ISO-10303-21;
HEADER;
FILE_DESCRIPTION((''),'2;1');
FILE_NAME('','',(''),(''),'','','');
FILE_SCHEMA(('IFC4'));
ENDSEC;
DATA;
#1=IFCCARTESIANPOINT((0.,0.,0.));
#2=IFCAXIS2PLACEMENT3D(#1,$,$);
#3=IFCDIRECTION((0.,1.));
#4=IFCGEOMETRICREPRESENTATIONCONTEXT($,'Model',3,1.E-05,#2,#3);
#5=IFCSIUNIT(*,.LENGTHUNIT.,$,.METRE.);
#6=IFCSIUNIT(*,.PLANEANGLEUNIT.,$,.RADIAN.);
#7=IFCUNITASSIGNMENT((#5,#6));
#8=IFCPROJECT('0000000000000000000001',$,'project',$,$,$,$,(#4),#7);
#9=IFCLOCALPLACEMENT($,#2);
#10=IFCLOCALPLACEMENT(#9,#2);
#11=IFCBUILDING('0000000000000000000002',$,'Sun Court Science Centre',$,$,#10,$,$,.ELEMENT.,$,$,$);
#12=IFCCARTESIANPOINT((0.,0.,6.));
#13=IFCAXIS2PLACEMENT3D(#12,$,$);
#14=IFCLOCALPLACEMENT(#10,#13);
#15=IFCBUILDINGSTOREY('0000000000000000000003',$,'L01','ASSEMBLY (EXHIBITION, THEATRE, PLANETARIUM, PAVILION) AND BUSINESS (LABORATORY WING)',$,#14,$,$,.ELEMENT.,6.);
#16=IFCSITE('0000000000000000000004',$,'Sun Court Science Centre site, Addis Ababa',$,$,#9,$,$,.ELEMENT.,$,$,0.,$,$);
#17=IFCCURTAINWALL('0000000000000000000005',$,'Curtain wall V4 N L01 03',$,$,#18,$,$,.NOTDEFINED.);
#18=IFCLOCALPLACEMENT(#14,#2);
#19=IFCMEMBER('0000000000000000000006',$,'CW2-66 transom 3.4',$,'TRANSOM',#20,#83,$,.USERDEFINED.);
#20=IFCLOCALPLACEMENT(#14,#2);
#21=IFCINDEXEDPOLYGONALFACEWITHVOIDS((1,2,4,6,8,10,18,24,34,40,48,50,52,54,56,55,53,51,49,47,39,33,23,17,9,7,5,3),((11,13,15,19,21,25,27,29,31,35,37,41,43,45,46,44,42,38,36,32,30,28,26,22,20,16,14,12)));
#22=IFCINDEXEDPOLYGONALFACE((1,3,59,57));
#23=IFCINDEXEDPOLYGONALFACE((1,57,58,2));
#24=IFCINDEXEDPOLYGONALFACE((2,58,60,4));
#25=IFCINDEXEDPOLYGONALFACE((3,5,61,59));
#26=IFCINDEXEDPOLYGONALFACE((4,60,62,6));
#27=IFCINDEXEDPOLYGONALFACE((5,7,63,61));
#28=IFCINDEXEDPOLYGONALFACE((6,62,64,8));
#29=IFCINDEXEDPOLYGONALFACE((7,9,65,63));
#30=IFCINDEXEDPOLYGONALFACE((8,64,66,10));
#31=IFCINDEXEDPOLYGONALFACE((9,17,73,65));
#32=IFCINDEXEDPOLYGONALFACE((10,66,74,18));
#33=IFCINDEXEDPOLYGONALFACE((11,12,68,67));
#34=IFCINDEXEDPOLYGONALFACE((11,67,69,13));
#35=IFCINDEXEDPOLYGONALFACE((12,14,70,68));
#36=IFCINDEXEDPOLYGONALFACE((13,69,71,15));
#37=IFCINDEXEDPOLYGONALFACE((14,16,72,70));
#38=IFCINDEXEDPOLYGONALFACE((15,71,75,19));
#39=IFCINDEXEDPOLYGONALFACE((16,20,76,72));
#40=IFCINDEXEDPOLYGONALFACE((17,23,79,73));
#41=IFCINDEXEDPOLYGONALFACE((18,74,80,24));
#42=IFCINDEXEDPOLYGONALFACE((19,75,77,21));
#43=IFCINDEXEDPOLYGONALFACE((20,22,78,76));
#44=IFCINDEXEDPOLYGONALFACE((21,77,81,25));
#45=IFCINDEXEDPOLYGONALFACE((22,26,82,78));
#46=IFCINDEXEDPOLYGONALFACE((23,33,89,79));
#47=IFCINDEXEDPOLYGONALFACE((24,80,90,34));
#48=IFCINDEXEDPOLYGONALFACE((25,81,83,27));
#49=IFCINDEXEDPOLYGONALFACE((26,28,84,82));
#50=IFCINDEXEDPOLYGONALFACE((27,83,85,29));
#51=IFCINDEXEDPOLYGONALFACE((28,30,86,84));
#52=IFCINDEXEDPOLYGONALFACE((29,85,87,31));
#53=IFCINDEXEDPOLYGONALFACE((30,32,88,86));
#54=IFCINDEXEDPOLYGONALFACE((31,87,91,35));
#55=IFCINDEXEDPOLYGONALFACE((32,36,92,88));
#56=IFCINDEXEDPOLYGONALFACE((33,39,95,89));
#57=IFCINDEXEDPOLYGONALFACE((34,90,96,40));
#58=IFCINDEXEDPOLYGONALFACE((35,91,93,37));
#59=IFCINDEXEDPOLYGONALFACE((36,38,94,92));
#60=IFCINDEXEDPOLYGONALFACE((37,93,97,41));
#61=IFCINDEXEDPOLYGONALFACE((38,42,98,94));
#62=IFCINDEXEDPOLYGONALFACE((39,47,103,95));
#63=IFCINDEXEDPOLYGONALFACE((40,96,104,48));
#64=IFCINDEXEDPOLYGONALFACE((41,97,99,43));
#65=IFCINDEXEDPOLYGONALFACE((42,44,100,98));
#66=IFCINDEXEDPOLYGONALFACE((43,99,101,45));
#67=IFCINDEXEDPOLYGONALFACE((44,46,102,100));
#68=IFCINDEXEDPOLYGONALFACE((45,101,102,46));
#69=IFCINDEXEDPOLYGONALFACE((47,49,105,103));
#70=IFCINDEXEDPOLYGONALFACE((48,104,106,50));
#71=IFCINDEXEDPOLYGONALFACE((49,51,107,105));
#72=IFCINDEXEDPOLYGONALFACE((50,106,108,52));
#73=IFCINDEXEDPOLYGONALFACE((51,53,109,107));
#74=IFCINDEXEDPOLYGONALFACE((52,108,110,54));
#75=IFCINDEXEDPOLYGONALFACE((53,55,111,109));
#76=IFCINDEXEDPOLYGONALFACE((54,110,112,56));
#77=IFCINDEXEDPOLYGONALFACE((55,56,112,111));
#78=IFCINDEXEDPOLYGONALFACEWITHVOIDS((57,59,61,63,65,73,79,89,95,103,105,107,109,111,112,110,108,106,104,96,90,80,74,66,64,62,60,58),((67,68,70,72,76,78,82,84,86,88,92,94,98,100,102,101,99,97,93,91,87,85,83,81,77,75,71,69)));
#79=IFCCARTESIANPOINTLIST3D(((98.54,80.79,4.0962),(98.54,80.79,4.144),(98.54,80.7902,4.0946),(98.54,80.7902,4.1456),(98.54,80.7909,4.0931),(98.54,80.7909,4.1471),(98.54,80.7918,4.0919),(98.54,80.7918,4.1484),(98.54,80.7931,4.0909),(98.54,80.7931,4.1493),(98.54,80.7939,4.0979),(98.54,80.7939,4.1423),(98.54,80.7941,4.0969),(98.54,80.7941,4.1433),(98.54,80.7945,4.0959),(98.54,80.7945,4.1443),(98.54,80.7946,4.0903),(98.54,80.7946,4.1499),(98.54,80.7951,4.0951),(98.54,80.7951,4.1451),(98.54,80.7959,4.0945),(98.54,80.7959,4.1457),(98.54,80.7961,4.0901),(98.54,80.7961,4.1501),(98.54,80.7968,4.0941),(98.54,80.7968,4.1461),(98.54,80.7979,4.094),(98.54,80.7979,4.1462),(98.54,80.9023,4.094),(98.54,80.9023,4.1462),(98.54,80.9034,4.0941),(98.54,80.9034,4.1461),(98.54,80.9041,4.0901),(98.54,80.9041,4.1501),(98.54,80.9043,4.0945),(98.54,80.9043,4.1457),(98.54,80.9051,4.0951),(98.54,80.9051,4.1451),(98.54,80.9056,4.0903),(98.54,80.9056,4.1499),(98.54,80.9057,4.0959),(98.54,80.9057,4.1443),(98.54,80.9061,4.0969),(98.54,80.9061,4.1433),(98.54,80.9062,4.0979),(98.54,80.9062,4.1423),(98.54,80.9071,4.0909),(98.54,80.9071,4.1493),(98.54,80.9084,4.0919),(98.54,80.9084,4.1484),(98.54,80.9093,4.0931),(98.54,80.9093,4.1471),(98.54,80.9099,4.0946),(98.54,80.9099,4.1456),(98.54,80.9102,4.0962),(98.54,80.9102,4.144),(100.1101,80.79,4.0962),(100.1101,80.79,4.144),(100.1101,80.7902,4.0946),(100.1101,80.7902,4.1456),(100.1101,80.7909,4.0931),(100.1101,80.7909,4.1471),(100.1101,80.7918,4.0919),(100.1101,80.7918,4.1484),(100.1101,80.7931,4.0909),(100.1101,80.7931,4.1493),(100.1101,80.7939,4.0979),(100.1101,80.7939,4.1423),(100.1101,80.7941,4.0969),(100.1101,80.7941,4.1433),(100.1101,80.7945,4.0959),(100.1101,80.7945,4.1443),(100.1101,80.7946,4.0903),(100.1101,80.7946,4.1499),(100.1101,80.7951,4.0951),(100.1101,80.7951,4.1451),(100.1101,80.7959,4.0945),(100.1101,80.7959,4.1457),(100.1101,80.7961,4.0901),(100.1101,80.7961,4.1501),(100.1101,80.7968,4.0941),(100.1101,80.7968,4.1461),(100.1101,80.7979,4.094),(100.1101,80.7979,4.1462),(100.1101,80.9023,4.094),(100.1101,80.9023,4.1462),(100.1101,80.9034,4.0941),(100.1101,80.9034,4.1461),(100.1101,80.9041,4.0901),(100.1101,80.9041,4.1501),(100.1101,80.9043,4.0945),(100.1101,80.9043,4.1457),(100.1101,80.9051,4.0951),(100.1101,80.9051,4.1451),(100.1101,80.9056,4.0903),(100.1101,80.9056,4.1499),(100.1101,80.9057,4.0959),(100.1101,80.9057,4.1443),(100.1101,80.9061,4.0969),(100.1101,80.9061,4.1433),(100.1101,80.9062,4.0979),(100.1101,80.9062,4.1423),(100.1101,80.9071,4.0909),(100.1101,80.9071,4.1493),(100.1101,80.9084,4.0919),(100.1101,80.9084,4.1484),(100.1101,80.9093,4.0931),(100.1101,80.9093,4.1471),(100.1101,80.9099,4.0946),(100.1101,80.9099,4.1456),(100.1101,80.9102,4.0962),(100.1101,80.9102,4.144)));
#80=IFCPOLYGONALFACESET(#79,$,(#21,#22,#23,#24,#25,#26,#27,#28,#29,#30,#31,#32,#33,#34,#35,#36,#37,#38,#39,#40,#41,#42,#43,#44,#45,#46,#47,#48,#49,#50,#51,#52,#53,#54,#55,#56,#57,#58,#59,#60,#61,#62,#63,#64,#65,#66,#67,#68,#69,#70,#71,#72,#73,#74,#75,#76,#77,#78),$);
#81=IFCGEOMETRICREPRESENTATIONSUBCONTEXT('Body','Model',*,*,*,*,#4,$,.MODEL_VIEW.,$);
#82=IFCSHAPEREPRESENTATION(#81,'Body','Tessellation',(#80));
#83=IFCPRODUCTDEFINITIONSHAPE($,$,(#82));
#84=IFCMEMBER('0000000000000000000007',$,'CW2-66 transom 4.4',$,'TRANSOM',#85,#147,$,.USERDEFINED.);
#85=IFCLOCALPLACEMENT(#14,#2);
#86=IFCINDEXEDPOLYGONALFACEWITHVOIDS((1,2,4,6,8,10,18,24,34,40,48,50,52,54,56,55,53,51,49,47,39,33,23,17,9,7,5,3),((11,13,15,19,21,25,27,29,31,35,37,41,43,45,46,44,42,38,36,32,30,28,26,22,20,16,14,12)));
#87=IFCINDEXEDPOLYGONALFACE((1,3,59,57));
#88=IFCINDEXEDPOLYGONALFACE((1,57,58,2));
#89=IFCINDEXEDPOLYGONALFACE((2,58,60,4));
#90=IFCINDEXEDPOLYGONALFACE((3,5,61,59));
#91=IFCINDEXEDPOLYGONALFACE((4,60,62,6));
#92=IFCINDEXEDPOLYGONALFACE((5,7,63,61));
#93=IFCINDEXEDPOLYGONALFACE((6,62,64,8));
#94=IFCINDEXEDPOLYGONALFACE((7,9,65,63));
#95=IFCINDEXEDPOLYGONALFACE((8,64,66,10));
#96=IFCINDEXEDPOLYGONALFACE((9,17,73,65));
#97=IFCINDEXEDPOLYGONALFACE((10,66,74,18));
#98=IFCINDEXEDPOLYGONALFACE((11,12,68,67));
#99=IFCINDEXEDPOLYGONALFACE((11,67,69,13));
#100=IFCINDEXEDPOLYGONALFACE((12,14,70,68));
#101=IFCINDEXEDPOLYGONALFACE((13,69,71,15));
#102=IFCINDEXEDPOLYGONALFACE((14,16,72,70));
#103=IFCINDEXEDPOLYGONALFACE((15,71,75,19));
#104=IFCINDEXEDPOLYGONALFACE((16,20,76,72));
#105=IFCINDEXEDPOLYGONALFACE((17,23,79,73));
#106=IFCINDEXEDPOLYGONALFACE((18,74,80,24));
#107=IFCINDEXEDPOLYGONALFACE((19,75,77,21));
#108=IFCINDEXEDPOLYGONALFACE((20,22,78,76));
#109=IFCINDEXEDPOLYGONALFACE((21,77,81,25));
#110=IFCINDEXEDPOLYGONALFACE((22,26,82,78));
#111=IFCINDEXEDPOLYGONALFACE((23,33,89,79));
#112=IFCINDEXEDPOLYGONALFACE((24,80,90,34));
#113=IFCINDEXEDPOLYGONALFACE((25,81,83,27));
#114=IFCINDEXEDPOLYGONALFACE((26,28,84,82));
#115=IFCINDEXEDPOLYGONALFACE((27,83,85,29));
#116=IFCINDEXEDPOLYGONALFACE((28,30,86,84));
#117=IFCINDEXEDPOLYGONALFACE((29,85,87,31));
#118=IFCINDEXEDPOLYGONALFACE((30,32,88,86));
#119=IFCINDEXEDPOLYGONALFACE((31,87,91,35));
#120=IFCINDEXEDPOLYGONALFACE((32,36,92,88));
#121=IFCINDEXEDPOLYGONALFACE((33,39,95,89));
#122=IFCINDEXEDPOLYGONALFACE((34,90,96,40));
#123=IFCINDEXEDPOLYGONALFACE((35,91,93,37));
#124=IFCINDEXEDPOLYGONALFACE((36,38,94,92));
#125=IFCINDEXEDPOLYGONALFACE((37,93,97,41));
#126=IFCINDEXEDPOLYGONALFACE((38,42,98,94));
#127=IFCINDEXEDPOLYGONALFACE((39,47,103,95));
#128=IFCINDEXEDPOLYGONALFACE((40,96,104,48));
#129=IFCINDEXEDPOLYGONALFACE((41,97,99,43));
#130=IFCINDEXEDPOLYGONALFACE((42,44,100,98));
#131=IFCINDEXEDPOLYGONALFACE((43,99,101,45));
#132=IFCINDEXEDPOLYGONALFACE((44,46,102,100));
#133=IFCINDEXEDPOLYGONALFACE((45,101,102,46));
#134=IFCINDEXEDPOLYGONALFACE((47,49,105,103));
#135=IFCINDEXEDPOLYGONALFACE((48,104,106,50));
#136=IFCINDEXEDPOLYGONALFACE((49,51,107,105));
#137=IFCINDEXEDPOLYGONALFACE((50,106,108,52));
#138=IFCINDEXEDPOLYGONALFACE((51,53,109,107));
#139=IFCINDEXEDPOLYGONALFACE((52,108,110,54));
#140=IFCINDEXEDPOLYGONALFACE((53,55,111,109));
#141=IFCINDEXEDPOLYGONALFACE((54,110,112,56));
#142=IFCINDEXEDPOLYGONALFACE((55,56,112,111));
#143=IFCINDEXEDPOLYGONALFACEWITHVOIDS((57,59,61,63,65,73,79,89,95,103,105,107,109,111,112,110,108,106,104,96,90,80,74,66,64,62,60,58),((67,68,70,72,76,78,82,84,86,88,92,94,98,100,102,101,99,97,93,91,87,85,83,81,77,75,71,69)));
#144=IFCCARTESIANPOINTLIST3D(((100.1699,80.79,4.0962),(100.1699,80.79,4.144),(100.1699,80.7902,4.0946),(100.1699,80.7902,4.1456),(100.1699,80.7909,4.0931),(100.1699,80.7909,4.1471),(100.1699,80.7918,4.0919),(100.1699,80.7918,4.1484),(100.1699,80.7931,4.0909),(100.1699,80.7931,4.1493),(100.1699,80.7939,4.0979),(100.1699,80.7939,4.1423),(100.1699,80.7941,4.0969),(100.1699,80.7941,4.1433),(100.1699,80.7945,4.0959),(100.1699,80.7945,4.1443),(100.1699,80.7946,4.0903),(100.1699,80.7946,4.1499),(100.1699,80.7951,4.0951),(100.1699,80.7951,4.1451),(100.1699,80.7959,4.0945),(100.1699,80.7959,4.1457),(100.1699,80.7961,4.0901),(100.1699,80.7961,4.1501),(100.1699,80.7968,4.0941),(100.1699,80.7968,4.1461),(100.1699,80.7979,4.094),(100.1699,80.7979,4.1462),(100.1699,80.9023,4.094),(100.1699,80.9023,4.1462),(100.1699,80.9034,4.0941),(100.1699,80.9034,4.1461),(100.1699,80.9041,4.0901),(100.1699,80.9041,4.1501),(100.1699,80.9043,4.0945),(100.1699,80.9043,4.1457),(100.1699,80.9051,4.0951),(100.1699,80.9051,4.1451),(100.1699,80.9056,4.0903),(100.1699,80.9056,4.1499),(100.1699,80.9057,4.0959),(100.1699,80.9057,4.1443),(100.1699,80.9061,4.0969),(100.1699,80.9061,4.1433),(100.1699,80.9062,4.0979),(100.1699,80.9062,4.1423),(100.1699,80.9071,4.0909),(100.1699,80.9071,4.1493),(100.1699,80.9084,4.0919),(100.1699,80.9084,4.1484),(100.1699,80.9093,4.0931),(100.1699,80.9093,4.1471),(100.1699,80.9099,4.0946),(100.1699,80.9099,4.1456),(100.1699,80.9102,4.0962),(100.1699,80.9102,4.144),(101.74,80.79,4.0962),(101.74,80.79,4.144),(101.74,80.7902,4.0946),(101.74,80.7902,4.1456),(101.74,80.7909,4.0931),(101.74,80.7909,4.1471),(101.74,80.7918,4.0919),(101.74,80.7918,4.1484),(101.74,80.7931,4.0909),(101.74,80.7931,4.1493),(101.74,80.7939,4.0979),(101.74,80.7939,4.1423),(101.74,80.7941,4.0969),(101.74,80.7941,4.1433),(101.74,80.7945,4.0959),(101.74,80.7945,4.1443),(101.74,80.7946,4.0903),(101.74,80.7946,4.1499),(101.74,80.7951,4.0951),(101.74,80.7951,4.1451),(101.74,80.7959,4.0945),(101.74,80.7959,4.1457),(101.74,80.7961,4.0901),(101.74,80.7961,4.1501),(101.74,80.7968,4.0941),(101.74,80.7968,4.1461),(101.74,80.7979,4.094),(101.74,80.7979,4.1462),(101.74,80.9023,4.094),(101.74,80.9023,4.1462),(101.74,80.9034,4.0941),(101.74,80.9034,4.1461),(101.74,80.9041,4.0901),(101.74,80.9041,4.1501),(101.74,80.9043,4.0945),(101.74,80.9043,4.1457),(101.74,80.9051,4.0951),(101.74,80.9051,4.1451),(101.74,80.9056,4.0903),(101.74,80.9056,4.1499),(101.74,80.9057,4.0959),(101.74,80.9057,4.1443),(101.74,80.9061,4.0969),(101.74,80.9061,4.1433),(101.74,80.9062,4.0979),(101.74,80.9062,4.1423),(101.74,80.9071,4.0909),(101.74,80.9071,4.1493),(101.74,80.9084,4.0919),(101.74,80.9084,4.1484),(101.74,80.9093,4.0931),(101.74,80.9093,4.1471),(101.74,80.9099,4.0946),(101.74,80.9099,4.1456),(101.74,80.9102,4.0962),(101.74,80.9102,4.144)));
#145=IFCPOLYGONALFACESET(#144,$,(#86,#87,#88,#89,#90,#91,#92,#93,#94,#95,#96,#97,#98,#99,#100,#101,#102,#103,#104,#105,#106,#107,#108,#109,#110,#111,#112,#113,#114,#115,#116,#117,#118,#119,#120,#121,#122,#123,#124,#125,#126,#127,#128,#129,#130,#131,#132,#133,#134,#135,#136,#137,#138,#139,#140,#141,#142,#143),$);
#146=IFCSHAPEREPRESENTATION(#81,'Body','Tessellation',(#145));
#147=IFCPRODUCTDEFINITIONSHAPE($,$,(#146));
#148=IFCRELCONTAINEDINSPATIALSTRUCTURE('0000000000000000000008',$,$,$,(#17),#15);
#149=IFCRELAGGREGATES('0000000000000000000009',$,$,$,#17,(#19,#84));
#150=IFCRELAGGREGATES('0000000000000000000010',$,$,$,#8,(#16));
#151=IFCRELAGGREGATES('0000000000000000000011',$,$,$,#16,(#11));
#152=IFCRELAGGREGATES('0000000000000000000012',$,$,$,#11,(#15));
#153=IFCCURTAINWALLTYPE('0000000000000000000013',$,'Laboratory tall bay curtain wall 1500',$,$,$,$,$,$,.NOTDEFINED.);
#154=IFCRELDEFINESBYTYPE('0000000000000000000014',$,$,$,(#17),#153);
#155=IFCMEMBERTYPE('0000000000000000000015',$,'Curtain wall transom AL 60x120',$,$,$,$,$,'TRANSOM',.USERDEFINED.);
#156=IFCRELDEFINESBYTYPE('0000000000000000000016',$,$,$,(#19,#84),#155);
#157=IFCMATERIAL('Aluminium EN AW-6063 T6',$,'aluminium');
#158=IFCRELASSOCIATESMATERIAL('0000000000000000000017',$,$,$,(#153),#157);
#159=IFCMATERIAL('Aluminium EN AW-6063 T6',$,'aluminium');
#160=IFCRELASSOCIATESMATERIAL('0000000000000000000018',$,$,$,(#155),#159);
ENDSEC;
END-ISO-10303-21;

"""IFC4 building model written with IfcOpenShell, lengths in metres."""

from ifc_helpers import new_model, si_unit, direction, frame, origin, origin_2d, place, context, subcontext, project, spatial, hollow_rectangle, extrude, material, material_profile, profile_set, type_object, element, aggregate, save


model = new_model("IFC4")

# Units and contexts
model_context = context("Model", 3, precision=1e-05, world=origin(), true_north=direction((0.0, 1.0)))
body_context = subcontext(model_context, "Body", "Model", "MODEL_VIEW")
ifc_project = project(units=[si_unit("LENGTHUNIT", "METRE"), si_unit("PLANEANGLEUNIT", "RADIAN")], contexts=[model_context])

# Site, building, storey
site_placement = place(None, origin())
site = spatial("IfcSite", under=ifc_project, at=site_placement, Name="Sun Court Science Centre site, Addis Ababa", CompositionType="ELEMENT", RefElevation=0.0)
building_placement = place(site_placement, origin())
building = spatial("IfcBuilding", under=site, at=building_placement, Name="Sun Court Science Centre", CompositionType="ELEMENT")
storey_placement = place(building_placement, frame((0.0, 0.0, 6.0)))
storey = spatial("IfcBuildingStorey", under=building, at=storey_placement, Name="L01", Description="ASSEMBLY (EXHIBITION, THEATRE, PLANETARIUM, PAVILION) AND BUSINESS (LABORATORY WING)", CompositionType="ELEMENT", Elevation=6.0)

# Curtain wall, members
ifc_material_1 = material(Name="Aluminium EN AW-6063 T6", Category="aluminium")
curtain_wall_type = type_object("IfcCurtainWallType", Name="Laboratory tall bay curtain wall 1500", PredefinedType="NOTDEFINED", material=ifc_material_1)
curtain_wall_placement = place(storey_placement, origin())
curtain_wall = element("IfcCurtainWall", 1, at=curtain_wall_placement, inside=storey, type_object=curtain_wall_type, Name="Curtain wall V4 N L01 03", PredefinedType="NOTDEFINED")
ifc_material_2 = material(Name="Aluminium EN AW-6063 T6", Category="aluminium")
ifc_material_profile_1 = material_profile(ifc_material_2, hollow_rectangle(XDim=0.0601, YDim=0.1201, WallThickness=0.0039, InnerFilletRadius=0.0039, OuterFilletRadius=0.0061, at=origin_2d()), Name="AL 60x120x4")
ifc_profile_set_1 = profile_set([ifc_material_profile_1], Name="Aluminium EN AW-6063 T6")
member_type_1 = type_object("IfcMemberType", Name="Curtain wall transom AL 60x120", ElementType="TRANSOM", PredefinedType="USERDEFINED", material=ifc_profile_set_1)
member_1_placement = place(storey_placement, frame((98.54, 80.8501, 4.1201), z_axis=(1.0, 0.0, 0.0), x_axis=(0.0, 0.0, 1.0)))
member_1 = element("IfcMember", 2, at=member_1_placement, type_object=member_type_1, Name="CW2-66 transom 3.4", ObjectType="TRANSOM", PredefinedType="USERDEFINED", context=body_context, shape_type="SweptSolid", body=[
    extrude(hollow_rectangle(XDim=0.0601, YDim=0.1201, WallThickness=0.0039, InnerFilletRadius=0.0039, OuterFilletRadius=0.0061, at=origin_2d()), origin(), (0.0, 0.0, 1.0), 1.5701),
])
member_2_placement = place(storey_placement, frame((100.1699, 80.8501, 4.1201), z_axis=(1.0, 0.0, 0.0), x_axis=(0.0, 0.0, 1.0)))
member_2 = element("IfcMember", 3, at=member_2_placement, type_object=member_type_1, Name="CW2-66 transom 4.4", ObjectType="TRANSOM", PredefinedType="USERDEFINED", context=body_context, shape_type="SweptSolid", body=[
    extrude(hollow_rectangle(XDim=0.0601, YDim=0.1201, WallThickness=0.0039, InnerFilletRadius=0.0039, OuterFilletRadius=0.0061, at=origin_2d()), origin(), (0.0, 0.0, 1.0), 1.5701),
])
aggregate(curtain_wall, [member_1, member_2])

save(model, "model.ifc")
